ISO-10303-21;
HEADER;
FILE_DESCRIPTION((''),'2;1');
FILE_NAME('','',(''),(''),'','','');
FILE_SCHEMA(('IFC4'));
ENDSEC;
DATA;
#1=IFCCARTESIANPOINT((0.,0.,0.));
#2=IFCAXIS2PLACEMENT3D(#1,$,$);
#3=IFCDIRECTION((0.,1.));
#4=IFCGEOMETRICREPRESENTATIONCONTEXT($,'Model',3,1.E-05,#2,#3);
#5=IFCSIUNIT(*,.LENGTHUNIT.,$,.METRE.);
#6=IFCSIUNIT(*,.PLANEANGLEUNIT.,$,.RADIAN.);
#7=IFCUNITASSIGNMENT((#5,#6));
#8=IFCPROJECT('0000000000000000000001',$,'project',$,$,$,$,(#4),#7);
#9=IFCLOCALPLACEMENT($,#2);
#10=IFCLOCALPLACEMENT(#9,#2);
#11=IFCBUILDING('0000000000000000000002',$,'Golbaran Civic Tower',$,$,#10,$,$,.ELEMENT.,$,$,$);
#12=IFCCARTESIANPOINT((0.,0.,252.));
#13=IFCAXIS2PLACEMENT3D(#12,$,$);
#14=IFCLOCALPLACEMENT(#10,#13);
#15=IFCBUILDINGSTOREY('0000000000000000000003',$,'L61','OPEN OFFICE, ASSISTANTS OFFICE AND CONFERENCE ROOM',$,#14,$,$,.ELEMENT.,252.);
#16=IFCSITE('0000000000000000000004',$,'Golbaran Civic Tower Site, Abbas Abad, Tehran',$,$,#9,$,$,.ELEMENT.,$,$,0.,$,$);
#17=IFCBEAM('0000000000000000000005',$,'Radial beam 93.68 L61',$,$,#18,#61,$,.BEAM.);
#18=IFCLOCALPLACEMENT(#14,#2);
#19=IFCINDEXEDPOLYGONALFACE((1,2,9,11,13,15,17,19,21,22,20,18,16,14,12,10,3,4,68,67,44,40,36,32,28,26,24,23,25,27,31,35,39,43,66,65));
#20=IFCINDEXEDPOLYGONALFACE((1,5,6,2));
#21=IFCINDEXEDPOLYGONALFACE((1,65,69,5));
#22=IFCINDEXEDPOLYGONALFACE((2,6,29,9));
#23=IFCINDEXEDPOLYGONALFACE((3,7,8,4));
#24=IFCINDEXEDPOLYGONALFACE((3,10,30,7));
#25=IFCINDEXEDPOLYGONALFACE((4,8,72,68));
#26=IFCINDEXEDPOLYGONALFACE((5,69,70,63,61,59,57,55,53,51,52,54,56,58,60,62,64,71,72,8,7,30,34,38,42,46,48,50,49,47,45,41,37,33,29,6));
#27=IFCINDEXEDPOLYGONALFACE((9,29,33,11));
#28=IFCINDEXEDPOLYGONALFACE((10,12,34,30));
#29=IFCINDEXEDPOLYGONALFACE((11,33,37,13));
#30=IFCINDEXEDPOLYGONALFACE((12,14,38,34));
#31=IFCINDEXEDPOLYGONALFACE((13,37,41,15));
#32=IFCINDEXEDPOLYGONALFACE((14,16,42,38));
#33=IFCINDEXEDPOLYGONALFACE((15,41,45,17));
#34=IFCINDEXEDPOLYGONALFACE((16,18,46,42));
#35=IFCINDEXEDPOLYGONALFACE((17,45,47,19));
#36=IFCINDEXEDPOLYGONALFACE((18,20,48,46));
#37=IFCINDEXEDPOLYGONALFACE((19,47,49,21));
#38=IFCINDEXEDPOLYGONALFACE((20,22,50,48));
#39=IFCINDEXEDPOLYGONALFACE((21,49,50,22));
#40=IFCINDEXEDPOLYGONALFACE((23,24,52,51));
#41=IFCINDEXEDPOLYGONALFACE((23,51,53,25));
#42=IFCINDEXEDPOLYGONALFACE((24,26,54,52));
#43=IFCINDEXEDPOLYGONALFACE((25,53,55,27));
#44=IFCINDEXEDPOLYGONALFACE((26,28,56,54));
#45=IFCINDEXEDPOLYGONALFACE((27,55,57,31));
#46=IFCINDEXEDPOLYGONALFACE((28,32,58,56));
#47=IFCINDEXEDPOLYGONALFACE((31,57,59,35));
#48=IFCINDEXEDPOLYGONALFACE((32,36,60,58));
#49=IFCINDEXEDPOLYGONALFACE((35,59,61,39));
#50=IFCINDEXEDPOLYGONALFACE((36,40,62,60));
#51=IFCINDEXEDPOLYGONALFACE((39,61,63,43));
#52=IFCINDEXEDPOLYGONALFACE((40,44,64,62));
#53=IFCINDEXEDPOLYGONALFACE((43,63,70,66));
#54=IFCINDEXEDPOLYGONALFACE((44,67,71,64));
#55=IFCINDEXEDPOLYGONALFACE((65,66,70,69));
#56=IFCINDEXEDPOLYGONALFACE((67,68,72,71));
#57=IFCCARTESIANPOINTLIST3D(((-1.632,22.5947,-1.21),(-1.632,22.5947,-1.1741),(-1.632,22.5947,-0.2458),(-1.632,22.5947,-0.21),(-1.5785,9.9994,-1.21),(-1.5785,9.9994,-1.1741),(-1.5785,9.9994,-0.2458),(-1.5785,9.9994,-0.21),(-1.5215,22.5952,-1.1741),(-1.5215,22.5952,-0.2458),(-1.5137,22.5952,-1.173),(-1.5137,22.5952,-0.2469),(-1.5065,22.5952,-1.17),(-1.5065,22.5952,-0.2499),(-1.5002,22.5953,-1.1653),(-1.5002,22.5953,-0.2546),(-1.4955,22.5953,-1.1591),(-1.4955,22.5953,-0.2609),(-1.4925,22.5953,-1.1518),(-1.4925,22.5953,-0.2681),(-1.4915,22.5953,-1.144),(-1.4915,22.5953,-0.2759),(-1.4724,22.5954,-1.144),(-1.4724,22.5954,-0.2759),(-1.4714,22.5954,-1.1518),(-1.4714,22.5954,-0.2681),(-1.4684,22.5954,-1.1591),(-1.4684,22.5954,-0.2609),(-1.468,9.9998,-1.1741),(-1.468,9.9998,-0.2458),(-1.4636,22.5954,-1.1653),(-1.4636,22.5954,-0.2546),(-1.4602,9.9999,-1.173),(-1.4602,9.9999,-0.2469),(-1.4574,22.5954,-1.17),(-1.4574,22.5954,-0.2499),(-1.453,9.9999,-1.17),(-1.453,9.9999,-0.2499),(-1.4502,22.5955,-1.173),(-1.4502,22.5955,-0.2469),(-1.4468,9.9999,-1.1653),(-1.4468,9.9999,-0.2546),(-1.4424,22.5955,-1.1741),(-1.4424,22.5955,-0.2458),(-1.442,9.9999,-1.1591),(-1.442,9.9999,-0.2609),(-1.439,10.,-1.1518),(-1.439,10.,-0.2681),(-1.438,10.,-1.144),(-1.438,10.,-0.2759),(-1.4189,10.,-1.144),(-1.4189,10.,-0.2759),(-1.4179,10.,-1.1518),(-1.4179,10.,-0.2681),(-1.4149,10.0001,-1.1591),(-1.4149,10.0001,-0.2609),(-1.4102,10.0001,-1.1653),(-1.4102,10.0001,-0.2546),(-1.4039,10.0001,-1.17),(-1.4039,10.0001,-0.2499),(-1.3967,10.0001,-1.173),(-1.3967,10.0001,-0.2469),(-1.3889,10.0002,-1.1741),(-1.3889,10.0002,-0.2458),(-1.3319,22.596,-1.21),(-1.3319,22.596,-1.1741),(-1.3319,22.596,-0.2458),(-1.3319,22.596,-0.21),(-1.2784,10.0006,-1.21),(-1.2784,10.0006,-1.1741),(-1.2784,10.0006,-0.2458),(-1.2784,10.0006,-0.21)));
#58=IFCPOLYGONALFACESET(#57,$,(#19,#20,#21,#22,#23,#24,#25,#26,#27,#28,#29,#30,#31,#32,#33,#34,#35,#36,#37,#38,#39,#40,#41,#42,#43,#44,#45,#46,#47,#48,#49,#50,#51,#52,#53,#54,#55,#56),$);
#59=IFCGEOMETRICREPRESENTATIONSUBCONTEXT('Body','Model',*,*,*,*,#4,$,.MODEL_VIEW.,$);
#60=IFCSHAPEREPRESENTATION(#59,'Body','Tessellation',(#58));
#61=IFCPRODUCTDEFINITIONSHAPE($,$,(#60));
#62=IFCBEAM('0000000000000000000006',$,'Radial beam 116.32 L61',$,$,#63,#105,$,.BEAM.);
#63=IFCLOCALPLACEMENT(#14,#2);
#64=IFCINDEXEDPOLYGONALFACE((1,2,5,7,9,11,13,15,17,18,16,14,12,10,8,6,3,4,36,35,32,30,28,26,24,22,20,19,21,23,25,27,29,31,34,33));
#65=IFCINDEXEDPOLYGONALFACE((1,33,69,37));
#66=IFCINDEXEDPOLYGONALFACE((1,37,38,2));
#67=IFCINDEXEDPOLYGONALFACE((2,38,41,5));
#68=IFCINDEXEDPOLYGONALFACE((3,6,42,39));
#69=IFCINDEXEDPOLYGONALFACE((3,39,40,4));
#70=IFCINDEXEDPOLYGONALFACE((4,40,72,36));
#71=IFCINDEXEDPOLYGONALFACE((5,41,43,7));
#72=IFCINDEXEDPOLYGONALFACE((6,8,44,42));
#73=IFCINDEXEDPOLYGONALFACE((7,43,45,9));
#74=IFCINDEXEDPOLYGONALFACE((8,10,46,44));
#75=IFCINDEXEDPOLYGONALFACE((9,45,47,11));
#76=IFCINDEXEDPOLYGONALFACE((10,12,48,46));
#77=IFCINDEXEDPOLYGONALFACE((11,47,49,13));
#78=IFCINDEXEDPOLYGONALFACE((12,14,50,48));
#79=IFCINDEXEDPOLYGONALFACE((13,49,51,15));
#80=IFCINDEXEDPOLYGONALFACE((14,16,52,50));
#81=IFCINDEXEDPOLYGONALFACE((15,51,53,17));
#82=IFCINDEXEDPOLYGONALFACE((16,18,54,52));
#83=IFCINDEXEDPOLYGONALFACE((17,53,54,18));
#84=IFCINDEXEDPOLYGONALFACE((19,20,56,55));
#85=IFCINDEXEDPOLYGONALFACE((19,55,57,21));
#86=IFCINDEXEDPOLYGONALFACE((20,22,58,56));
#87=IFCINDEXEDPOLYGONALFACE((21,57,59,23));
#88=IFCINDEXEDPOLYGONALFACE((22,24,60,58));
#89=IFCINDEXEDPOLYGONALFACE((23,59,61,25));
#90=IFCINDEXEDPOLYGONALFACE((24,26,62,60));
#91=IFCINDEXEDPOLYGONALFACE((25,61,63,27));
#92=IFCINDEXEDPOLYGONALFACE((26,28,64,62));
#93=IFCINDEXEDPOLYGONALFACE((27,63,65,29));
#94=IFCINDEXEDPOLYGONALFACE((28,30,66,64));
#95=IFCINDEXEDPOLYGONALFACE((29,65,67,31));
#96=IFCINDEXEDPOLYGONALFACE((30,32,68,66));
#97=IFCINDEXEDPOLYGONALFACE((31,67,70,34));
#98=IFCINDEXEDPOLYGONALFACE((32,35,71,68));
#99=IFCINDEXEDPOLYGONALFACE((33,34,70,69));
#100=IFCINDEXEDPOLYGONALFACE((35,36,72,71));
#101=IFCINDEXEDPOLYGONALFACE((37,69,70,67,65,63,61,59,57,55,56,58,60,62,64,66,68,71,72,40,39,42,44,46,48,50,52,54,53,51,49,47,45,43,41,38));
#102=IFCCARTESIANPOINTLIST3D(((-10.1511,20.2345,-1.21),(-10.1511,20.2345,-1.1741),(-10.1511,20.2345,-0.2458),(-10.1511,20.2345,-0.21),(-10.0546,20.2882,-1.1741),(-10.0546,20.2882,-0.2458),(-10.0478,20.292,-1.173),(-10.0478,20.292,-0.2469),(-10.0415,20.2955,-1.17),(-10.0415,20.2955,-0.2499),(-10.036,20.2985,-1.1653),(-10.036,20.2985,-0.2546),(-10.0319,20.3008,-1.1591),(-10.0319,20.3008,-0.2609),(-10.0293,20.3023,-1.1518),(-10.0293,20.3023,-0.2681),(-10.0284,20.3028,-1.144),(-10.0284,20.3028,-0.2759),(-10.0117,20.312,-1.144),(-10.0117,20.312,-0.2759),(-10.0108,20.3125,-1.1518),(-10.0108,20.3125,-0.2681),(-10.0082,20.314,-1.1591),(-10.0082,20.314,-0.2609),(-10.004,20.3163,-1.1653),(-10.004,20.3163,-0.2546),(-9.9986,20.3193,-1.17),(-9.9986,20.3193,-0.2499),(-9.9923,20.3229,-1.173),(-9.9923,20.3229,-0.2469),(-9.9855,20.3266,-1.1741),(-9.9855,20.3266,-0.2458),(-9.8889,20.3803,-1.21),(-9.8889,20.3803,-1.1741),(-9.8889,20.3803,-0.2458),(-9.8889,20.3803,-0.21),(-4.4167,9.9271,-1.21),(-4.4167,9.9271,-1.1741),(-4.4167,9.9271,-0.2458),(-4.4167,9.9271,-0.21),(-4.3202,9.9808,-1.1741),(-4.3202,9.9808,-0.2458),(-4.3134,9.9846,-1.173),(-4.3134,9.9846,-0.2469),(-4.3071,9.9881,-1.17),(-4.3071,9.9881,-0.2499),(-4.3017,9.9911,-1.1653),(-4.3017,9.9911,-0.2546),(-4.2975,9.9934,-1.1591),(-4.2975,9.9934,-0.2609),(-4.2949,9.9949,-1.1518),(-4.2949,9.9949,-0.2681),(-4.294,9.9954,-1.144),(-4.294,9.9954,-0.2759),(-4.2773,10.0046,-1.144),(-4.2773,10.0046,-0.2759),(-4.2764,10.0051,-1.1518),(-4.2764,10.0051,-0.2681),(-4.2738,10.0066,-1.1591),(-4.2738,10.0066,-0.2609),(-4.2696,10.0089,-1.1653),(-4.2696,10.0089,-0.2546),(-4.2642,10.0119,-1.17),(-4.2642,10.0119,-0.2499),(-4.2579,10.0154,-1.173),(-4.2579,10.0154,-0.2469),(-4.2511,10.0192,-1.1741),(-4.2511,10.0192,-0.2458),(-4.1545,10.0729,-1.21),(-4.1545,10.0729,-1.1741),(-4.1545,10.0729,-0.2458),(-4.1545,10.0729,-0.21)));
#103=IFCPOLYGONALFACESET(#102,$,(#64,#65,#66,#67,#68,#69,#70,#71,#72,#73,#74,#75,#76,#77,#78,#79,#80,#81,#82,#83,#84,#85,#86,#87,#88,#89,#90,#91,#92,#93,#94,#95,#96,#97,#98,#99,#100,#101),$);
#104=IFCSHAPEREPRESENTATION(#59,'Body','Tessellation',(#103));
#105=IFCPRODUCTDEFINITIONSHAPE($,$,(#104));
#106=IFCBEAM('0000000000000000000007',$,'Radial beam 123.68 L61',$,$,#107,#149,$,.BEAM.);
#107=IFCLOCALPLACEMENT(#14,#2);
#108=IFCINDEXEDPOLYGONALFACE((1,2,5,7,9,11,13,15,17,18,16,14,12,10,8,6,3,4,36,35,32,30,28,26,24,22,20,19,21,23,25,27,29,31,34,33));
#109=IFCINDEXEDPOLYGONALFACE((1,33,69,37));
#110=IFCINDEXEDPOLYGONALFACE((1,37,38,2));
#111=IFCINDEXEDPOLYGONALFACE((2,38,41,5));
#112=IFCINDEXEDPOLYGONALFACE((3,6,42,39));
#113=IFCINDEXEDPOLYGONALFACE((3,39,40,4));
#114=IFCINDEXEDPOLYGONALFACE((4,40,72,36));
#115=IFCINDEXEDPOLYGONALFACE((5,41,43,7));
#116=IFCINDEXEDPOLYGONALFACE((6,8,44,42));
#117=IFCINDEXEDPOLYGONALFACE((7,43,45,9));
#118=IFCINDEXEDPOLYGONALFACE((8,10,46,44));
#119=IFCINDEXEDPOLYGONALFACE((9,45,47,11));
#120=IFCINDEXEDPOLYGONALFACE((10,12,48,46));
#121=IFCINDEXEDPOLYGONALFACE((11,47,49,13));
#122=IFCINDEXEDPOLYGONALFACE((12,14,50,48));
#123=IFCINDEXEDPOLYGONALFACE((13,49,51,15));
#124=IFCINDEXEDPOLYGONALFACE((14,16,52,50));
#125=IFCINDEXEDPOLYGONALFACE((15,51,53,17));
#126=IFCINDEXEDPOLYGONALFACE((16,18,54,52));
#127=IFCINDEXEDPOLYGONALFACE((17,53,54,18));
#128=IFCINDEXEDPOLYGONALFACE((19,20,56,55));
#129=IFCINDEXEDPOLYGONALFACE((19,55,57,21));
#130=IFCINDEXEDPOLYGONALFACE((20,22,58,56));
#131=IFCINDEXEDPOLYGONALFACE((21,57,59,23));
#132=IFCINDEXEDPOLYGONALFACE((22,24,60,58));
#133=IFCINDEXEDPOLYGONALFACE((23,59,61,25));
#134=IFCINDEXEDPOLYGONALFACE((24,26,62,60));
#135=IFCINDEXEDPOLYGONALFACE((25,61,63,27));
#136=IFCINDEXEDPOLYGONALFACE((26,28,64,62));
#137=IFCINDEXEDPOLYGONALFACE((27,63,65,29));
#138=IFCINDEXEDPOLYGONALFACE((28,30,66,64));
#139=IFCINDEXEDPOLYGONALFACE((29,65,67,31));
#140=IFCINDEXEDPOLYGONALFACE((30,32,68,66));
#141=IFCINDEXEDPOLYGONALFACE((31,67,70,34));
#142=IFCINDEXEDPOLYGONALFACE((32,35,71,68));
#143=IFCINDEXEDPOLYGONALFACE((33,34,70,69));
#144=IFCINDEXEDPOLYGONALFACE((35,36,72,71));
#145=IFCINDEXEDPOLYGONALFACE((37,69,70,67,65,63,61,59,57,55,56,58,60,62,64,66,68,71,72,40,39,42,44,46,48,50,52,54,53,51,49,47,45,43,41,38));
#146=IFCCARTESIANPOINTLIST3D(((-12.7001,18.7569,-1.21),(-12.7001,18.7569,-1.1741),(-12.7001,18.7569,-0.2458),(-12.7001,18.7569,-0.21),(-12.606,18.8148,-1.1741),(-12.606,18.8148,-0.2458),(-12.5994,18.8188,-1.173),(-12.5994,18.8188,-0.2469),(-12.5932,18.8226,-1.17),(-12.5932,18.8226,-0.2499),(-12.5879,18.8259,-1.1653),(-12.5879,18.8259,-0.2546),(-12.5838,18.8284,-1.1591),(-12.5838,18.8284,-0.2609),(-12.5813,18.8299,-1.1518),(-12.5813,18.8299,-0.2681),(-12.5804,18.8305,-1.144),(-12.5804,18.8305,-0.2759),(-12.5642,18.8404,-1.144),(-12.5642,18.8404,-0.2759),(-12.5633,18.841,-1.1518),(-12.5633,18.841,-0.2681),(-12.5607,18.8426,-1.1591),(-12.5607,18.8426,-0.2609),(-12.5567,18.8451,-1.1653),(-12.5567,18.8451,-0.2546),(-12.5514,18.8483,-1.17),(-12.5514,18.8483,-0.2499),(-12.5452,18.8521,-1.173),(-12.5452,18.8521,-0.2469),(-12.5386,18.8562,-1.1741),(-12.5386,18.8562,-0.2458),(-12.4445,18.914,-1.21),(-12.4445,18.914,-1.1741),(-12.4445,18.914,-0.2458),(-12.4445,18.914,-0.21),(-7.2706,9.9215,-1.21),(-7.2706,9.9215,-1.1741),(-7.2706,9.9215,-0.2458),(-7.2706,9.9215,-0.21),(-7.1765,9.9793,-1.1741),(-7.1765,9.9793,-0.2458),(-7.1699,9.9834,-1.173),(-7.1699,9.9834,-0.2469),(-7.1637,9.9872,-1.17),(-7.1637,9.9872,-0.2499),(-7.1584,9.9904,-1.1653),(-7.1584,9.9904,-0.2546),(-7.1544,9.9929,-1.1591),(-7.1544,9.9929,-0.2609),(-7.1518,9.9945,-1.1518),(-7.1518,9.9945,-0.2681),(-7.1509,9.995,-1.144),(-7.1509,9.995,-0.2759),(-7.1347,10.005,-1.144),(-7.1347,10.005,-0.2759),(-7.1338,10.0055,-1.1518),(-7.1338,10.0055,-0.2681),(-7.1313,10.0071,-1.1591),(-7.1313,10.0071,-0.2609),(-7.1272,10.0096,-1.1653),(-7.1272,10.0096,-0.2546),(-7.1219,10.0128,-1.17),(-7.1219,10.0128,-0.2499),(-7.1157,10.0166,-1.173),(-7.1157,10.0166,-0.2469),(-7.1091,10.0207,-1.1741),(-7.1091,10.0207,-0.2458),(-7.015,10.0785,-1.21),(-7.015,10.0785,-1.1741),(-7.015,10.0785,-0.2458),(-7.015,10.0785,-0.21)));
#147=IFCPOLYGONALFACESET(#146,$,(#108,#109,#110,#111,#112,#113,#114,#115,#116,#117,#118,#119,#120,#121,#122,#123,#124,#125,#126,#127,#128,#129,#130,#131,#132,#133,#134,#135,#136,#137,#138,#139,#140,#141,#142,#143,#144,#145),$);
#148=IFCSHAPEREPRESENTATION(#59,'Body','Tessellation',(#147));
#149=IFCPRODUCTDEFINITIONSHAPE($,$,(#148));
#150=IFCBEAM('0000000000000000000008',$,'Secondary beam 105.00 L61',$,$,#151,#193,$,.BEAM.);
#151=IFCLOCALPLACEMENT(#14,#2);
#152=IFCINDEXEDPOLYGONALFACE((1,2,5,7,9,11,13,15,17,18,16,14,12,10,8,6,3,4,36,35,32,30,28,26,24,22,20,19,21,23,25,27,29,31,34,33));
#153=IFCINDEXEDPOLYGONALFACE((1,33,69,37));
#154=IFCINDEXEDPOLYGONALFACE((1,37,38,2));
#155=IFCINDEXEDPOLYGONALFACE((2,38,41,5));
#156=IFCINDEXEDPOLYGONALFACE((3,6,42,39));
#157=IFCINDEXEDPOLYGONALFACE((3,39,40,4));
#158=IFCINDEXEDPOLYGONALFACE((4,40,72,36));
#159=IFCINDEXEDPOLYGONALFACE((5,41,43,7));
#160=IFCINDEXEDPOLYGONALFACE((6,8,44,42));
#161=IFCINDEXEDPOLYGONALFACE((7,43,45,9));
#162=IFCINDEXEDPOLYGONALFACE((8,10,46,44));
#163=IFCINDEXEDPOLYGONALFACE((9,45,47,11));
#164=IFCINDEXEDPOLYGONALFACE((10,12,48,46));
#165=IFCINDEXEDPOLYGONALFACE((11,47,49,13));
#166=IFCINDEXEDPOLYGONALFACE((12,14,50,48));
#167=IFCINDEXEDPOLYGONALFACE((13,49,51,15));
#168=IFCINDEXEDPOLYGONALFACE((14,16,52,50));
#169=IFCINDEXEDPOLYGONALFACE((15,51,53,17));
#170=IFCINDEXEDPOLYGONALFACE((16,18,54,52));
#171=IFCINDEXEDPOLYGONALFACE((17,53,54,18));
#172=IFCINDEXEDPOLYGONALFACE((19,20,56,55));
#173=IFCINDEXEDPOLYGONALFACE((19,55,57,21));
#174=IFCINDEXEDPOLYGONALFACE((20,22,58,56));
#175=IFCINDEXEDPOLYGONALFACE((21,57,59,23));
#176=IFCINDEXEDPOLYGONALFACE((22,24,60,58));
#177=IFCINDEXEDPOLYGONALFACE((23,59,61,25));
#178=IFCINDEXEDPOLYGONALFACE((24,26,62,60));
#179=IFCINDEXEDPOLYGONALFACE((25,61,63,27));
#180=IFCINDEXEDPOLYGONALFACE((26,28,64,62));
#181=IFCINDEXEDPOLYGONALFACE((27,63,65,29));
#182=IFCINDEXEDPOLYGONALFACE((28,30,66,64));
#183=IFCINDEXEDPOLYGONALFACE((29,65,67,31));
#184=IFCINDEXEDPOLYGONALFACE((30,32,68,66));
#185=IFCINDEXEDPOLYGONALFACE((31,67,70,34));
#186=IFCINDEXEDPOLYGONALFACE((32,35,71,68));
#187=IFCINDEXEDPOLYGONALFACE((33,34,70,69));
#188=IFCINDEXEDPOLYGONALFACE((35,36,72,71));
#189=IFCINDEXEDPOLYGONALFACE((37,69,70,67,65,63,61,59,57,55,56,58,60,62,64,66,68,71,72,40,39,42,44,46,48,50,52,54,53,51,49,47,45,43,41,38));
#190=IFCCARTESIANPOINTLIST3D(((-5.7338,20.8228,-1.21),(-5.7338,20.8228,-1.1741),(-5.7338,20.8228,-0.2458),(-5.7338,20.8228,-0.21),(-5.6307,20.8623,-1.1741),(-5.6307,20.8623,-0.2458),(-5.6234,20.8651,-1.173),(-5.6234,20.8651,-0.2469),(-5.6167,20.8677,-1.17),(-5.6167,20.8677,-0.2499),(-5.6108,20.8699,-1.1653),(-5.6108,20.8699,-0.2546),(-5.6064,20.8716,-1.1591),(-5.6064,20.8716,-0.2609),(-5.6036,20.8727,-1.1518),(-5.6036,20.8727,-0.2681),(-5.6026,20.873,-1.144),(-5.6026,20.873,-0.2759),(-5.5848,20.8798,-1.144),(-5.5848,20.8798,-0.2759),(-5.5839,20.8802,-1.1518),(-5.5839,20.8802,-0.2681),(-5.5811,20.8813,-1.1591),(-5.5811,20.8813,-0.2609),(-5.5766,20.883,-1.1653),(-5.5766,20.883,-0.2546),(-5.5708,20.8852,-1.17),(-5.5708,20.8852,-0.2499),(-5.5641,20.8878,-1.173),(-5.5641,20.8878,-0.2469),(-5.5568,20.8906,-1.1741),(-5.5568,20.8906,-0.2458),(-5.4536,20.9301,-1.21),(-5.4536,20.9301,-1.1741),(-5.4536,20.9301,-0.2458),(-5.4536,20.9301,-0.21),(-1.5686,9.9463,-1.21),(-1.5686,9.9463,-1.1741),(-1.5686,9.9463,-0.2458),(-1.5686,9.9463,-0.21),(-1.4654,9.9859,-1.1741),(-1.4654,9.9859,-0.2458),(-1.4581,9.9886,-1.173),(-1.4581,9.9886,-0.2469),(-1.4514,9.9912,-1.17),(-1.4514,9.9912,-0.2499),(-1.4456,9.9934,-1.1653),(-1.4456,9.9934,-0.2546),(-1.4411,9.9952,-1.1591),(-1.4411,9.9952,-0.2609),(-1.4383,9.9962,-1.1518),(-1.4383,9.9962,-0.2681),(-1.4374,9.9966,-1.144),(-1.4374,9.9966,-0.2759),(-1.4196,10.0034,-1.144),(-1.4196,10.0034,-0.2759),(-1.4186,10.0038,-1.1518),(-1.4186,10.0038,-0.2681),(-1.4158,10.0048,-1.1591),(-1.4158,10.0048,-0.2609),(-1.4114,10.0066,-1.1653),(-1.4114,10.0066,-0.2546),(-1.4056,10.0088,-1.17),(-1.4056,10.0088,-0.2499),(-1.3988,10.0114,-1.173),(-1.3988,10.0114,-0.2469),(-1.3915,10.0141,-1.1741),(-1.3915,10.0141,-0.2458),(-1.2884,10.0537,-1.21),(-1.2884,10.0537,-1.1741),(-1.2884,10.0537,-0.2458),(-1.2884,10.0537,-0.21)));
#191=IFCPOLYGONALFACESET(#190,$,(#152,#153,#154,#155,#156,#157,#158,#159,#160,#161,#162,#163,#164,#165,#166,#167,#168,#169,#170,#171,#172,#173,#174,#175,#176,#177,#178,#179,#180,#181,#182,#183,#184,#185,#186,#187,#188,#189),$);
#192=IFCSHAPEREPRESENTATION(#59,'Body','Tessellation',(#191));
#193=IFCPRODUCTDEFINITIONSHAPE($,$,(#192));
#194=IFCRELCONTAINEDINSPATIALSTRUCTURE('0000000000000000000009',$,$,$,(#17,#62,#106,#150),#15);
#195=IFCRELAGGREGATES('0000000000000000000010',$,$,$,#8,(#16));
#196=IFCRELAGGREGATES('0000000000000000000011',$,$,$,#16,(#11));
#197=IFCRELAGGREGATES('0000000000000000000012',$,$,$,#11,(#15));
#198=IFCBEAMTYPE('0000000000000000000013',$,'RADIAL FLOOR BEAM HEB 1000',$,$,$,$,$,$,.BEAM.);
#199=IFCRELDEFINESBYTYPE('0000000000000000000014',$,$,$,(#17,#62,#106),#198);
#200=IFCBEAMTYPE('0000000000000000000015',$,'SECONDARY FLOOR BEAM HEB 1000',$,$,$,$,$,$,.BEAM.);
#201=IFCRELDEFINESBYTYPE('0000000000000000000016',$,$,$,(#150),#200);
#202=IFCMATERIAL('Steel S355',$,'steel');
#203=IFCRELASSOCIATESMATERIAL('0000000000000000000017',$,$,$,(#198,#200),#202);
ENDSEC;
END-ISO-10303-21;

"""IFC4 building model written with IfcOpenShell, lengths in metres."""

from ifc_helpers import new_model, si_unit, direction, frame, origin, origin_2d, place, context, subcontext, project, spatial, i_section, extrude, material, material_profile, profile_set, type_object, element, save


model = new_model("IFC4")

# Units and contexts
model_context = context("Model", 3, precision=1e-05, world=origin(), true_north=direction((0.0, 1.0)))
body_context = subcontext(model_context, "Body", "Model", "MODEL_VIEW")
ifc_project = project(units=[si_unit("LENGTHUNIT", "METRE"), si_unit("PLANEANGLEUNIT", "RADIAN")], contexts=[model_context])

# Site, building, storey
site_placement = place(None, origin())
site = spatial("IfcSite", under=ifc_project, at=site_placement, Name="Golbaran Civic Tower Site, Abbas Abad, Tehran", CompositionType="ELEMENT", RefElevation=0.0)
building_placement = place(site_placement, origin())
building = spatial("IfcBuilding", under=site, at=building_placement, Name="Golbaran Civic Tower", CompositionType="ELEMENT")
storey_placement = place(building_placement, frame((0.0, 0.0, 252.0)))
storey = spatial("IfcBuildingStorey", under=building, at=storey_placement, Name="L61", Description="OPEN OFFICE, ASSISTANTS OFFICE AND CONFERENCE ROOM", CompositionType="ELEMENT", Elevation=252.0)

# Beams
ifc_material_1 = material(Name="Steel S355", Category="steel")
ifc_material_profile_1 = material_profile(ifc_material_1, i_section(OverallWidth=0.3, OverallDepth=1.0, WebThickness=0.019, FlangeThickness=0.0359, FilletRadius=0.03, at=origin_2d()), Name="HEB 1000")
ifc_profile_set_1 = profile_set([ifc_material_profile_1], Name="Steel S355")
beam_type_1 = type_object("IfcBeamType", Name="RADIAL FLOOR BEAM HEB 1000", PredefinedType="BEAM", material=ifc_profile_set_1)
beam_1_placement = place(storey_placement, frame((-1.4285, 10.0, -0.71), z_axis=(-0.004245, 0.999991, 0.0), x_axis=(-0.999991, -0.004245, 0.0)))
element("IfcBeam", 1, at=beam_1_placement, inside=storey, type_object=beam_type_1, Name="Radial beam 93.68 L61", PredefinedType="BEAM", context=body_context, shape_type="SweptSolid", body=[
    extrude(i_section(OverallWidth=0.3, OverallDepth=1.0, WebThickness=0.019, FlangeThickness=0.0359, FilletRadius=0.03, at=origin_2d()), origin(), (0.0, 0.0, 1.0), 12.5955),
])
beam_2_placement = place(storey_placement, frame((-4.2856, 10.0, -0.71), z_axis=(-0.486165, 0.873867, 0.0), x_axis=(-0.873867, -0.486165, 0.0)))
element("IfcBeam", 2, at=beam_2_placement, inside=storey, type_object=beam_type_1, Name="Radial beam 116.32 L61", PredefinedType="BEAM", context=body_context, shape_type="SweptSolid", body=[
    extrude(i_section(OverallWidth=0.3, OverallDepth=1.0, WebThickness=0.019, FlangeThickness=0.0359, FilletRadius=0.03, at=origin_2d()), origin(), (0.0, 0.0, 1.0), 11.7952),
])
beam_3_placement = place(storey_placement, frame((-7.1428, 10.0, -0.71), z_axis=(-0.523555, 0.851992, 0.0), x_axis=(-0.851992, -0.523555, 0.0)))
element("IfcBeam", 3, at=beam_3_placement, inside=storey, type_object=beam_type_1, Name="Radial beam 123.68 L61", PredefinedType="BEAM", context=body_context, shape_type="SweptSolid", body=[
    extrude(i_section(OverallWidth=0.3, OverallDepth=1.0, WebThickness=0.019, FlangeThickness=0.0359, FilletRadius=0.03, at=origin_2d()), origin(), (0.0, 0.0, 1.0), 10.3704),
])
ifc_material_profile_2 = material_profile(ifc_material_1, i_section(OverallWidth=0.3, OverallDepth=1.0, WebThickness=0.019, FlangeThickness=0.0359, FilletRadius=0.03, at=origin_2d()), Name="HEB 1000")
ifc_profile_set_2 = profile_set([ifc_material_profile_2], Name="Steel S355")
beam_type_2 = type_object("IfcBeamType", Name="SECONDARY FLOOR BEAM HEB 1000", PredefinedType="BEAM", material=ifc_profile_set_2)
beam_4_placement = place(storey_placement, frame((-1.4285, 10.0, -0.71), z_axis=(-0.357634, 0.933862, 0.0), x_axis=(-0.933862, -0.357634, 0.0)))
element("IfcBeam", 4, at=beam_4_placement, inside=storey, type_object=beam_type_2, Name="Secondary beam 105.00 L61", PredefinedType="BEAM", context=body_context, shape_type="SweptSolid", body=[
    extrude(i_section(OverallWidth=0.3, OverallDepth=1.0, WebThickness=0.019, FlangeThickness=0.0359, FilletRadius=0.03, at=origin_2d()), origin(), (0.0, 0.0, 1.0), 11.6467),
])

save(model, "model.ifc")
